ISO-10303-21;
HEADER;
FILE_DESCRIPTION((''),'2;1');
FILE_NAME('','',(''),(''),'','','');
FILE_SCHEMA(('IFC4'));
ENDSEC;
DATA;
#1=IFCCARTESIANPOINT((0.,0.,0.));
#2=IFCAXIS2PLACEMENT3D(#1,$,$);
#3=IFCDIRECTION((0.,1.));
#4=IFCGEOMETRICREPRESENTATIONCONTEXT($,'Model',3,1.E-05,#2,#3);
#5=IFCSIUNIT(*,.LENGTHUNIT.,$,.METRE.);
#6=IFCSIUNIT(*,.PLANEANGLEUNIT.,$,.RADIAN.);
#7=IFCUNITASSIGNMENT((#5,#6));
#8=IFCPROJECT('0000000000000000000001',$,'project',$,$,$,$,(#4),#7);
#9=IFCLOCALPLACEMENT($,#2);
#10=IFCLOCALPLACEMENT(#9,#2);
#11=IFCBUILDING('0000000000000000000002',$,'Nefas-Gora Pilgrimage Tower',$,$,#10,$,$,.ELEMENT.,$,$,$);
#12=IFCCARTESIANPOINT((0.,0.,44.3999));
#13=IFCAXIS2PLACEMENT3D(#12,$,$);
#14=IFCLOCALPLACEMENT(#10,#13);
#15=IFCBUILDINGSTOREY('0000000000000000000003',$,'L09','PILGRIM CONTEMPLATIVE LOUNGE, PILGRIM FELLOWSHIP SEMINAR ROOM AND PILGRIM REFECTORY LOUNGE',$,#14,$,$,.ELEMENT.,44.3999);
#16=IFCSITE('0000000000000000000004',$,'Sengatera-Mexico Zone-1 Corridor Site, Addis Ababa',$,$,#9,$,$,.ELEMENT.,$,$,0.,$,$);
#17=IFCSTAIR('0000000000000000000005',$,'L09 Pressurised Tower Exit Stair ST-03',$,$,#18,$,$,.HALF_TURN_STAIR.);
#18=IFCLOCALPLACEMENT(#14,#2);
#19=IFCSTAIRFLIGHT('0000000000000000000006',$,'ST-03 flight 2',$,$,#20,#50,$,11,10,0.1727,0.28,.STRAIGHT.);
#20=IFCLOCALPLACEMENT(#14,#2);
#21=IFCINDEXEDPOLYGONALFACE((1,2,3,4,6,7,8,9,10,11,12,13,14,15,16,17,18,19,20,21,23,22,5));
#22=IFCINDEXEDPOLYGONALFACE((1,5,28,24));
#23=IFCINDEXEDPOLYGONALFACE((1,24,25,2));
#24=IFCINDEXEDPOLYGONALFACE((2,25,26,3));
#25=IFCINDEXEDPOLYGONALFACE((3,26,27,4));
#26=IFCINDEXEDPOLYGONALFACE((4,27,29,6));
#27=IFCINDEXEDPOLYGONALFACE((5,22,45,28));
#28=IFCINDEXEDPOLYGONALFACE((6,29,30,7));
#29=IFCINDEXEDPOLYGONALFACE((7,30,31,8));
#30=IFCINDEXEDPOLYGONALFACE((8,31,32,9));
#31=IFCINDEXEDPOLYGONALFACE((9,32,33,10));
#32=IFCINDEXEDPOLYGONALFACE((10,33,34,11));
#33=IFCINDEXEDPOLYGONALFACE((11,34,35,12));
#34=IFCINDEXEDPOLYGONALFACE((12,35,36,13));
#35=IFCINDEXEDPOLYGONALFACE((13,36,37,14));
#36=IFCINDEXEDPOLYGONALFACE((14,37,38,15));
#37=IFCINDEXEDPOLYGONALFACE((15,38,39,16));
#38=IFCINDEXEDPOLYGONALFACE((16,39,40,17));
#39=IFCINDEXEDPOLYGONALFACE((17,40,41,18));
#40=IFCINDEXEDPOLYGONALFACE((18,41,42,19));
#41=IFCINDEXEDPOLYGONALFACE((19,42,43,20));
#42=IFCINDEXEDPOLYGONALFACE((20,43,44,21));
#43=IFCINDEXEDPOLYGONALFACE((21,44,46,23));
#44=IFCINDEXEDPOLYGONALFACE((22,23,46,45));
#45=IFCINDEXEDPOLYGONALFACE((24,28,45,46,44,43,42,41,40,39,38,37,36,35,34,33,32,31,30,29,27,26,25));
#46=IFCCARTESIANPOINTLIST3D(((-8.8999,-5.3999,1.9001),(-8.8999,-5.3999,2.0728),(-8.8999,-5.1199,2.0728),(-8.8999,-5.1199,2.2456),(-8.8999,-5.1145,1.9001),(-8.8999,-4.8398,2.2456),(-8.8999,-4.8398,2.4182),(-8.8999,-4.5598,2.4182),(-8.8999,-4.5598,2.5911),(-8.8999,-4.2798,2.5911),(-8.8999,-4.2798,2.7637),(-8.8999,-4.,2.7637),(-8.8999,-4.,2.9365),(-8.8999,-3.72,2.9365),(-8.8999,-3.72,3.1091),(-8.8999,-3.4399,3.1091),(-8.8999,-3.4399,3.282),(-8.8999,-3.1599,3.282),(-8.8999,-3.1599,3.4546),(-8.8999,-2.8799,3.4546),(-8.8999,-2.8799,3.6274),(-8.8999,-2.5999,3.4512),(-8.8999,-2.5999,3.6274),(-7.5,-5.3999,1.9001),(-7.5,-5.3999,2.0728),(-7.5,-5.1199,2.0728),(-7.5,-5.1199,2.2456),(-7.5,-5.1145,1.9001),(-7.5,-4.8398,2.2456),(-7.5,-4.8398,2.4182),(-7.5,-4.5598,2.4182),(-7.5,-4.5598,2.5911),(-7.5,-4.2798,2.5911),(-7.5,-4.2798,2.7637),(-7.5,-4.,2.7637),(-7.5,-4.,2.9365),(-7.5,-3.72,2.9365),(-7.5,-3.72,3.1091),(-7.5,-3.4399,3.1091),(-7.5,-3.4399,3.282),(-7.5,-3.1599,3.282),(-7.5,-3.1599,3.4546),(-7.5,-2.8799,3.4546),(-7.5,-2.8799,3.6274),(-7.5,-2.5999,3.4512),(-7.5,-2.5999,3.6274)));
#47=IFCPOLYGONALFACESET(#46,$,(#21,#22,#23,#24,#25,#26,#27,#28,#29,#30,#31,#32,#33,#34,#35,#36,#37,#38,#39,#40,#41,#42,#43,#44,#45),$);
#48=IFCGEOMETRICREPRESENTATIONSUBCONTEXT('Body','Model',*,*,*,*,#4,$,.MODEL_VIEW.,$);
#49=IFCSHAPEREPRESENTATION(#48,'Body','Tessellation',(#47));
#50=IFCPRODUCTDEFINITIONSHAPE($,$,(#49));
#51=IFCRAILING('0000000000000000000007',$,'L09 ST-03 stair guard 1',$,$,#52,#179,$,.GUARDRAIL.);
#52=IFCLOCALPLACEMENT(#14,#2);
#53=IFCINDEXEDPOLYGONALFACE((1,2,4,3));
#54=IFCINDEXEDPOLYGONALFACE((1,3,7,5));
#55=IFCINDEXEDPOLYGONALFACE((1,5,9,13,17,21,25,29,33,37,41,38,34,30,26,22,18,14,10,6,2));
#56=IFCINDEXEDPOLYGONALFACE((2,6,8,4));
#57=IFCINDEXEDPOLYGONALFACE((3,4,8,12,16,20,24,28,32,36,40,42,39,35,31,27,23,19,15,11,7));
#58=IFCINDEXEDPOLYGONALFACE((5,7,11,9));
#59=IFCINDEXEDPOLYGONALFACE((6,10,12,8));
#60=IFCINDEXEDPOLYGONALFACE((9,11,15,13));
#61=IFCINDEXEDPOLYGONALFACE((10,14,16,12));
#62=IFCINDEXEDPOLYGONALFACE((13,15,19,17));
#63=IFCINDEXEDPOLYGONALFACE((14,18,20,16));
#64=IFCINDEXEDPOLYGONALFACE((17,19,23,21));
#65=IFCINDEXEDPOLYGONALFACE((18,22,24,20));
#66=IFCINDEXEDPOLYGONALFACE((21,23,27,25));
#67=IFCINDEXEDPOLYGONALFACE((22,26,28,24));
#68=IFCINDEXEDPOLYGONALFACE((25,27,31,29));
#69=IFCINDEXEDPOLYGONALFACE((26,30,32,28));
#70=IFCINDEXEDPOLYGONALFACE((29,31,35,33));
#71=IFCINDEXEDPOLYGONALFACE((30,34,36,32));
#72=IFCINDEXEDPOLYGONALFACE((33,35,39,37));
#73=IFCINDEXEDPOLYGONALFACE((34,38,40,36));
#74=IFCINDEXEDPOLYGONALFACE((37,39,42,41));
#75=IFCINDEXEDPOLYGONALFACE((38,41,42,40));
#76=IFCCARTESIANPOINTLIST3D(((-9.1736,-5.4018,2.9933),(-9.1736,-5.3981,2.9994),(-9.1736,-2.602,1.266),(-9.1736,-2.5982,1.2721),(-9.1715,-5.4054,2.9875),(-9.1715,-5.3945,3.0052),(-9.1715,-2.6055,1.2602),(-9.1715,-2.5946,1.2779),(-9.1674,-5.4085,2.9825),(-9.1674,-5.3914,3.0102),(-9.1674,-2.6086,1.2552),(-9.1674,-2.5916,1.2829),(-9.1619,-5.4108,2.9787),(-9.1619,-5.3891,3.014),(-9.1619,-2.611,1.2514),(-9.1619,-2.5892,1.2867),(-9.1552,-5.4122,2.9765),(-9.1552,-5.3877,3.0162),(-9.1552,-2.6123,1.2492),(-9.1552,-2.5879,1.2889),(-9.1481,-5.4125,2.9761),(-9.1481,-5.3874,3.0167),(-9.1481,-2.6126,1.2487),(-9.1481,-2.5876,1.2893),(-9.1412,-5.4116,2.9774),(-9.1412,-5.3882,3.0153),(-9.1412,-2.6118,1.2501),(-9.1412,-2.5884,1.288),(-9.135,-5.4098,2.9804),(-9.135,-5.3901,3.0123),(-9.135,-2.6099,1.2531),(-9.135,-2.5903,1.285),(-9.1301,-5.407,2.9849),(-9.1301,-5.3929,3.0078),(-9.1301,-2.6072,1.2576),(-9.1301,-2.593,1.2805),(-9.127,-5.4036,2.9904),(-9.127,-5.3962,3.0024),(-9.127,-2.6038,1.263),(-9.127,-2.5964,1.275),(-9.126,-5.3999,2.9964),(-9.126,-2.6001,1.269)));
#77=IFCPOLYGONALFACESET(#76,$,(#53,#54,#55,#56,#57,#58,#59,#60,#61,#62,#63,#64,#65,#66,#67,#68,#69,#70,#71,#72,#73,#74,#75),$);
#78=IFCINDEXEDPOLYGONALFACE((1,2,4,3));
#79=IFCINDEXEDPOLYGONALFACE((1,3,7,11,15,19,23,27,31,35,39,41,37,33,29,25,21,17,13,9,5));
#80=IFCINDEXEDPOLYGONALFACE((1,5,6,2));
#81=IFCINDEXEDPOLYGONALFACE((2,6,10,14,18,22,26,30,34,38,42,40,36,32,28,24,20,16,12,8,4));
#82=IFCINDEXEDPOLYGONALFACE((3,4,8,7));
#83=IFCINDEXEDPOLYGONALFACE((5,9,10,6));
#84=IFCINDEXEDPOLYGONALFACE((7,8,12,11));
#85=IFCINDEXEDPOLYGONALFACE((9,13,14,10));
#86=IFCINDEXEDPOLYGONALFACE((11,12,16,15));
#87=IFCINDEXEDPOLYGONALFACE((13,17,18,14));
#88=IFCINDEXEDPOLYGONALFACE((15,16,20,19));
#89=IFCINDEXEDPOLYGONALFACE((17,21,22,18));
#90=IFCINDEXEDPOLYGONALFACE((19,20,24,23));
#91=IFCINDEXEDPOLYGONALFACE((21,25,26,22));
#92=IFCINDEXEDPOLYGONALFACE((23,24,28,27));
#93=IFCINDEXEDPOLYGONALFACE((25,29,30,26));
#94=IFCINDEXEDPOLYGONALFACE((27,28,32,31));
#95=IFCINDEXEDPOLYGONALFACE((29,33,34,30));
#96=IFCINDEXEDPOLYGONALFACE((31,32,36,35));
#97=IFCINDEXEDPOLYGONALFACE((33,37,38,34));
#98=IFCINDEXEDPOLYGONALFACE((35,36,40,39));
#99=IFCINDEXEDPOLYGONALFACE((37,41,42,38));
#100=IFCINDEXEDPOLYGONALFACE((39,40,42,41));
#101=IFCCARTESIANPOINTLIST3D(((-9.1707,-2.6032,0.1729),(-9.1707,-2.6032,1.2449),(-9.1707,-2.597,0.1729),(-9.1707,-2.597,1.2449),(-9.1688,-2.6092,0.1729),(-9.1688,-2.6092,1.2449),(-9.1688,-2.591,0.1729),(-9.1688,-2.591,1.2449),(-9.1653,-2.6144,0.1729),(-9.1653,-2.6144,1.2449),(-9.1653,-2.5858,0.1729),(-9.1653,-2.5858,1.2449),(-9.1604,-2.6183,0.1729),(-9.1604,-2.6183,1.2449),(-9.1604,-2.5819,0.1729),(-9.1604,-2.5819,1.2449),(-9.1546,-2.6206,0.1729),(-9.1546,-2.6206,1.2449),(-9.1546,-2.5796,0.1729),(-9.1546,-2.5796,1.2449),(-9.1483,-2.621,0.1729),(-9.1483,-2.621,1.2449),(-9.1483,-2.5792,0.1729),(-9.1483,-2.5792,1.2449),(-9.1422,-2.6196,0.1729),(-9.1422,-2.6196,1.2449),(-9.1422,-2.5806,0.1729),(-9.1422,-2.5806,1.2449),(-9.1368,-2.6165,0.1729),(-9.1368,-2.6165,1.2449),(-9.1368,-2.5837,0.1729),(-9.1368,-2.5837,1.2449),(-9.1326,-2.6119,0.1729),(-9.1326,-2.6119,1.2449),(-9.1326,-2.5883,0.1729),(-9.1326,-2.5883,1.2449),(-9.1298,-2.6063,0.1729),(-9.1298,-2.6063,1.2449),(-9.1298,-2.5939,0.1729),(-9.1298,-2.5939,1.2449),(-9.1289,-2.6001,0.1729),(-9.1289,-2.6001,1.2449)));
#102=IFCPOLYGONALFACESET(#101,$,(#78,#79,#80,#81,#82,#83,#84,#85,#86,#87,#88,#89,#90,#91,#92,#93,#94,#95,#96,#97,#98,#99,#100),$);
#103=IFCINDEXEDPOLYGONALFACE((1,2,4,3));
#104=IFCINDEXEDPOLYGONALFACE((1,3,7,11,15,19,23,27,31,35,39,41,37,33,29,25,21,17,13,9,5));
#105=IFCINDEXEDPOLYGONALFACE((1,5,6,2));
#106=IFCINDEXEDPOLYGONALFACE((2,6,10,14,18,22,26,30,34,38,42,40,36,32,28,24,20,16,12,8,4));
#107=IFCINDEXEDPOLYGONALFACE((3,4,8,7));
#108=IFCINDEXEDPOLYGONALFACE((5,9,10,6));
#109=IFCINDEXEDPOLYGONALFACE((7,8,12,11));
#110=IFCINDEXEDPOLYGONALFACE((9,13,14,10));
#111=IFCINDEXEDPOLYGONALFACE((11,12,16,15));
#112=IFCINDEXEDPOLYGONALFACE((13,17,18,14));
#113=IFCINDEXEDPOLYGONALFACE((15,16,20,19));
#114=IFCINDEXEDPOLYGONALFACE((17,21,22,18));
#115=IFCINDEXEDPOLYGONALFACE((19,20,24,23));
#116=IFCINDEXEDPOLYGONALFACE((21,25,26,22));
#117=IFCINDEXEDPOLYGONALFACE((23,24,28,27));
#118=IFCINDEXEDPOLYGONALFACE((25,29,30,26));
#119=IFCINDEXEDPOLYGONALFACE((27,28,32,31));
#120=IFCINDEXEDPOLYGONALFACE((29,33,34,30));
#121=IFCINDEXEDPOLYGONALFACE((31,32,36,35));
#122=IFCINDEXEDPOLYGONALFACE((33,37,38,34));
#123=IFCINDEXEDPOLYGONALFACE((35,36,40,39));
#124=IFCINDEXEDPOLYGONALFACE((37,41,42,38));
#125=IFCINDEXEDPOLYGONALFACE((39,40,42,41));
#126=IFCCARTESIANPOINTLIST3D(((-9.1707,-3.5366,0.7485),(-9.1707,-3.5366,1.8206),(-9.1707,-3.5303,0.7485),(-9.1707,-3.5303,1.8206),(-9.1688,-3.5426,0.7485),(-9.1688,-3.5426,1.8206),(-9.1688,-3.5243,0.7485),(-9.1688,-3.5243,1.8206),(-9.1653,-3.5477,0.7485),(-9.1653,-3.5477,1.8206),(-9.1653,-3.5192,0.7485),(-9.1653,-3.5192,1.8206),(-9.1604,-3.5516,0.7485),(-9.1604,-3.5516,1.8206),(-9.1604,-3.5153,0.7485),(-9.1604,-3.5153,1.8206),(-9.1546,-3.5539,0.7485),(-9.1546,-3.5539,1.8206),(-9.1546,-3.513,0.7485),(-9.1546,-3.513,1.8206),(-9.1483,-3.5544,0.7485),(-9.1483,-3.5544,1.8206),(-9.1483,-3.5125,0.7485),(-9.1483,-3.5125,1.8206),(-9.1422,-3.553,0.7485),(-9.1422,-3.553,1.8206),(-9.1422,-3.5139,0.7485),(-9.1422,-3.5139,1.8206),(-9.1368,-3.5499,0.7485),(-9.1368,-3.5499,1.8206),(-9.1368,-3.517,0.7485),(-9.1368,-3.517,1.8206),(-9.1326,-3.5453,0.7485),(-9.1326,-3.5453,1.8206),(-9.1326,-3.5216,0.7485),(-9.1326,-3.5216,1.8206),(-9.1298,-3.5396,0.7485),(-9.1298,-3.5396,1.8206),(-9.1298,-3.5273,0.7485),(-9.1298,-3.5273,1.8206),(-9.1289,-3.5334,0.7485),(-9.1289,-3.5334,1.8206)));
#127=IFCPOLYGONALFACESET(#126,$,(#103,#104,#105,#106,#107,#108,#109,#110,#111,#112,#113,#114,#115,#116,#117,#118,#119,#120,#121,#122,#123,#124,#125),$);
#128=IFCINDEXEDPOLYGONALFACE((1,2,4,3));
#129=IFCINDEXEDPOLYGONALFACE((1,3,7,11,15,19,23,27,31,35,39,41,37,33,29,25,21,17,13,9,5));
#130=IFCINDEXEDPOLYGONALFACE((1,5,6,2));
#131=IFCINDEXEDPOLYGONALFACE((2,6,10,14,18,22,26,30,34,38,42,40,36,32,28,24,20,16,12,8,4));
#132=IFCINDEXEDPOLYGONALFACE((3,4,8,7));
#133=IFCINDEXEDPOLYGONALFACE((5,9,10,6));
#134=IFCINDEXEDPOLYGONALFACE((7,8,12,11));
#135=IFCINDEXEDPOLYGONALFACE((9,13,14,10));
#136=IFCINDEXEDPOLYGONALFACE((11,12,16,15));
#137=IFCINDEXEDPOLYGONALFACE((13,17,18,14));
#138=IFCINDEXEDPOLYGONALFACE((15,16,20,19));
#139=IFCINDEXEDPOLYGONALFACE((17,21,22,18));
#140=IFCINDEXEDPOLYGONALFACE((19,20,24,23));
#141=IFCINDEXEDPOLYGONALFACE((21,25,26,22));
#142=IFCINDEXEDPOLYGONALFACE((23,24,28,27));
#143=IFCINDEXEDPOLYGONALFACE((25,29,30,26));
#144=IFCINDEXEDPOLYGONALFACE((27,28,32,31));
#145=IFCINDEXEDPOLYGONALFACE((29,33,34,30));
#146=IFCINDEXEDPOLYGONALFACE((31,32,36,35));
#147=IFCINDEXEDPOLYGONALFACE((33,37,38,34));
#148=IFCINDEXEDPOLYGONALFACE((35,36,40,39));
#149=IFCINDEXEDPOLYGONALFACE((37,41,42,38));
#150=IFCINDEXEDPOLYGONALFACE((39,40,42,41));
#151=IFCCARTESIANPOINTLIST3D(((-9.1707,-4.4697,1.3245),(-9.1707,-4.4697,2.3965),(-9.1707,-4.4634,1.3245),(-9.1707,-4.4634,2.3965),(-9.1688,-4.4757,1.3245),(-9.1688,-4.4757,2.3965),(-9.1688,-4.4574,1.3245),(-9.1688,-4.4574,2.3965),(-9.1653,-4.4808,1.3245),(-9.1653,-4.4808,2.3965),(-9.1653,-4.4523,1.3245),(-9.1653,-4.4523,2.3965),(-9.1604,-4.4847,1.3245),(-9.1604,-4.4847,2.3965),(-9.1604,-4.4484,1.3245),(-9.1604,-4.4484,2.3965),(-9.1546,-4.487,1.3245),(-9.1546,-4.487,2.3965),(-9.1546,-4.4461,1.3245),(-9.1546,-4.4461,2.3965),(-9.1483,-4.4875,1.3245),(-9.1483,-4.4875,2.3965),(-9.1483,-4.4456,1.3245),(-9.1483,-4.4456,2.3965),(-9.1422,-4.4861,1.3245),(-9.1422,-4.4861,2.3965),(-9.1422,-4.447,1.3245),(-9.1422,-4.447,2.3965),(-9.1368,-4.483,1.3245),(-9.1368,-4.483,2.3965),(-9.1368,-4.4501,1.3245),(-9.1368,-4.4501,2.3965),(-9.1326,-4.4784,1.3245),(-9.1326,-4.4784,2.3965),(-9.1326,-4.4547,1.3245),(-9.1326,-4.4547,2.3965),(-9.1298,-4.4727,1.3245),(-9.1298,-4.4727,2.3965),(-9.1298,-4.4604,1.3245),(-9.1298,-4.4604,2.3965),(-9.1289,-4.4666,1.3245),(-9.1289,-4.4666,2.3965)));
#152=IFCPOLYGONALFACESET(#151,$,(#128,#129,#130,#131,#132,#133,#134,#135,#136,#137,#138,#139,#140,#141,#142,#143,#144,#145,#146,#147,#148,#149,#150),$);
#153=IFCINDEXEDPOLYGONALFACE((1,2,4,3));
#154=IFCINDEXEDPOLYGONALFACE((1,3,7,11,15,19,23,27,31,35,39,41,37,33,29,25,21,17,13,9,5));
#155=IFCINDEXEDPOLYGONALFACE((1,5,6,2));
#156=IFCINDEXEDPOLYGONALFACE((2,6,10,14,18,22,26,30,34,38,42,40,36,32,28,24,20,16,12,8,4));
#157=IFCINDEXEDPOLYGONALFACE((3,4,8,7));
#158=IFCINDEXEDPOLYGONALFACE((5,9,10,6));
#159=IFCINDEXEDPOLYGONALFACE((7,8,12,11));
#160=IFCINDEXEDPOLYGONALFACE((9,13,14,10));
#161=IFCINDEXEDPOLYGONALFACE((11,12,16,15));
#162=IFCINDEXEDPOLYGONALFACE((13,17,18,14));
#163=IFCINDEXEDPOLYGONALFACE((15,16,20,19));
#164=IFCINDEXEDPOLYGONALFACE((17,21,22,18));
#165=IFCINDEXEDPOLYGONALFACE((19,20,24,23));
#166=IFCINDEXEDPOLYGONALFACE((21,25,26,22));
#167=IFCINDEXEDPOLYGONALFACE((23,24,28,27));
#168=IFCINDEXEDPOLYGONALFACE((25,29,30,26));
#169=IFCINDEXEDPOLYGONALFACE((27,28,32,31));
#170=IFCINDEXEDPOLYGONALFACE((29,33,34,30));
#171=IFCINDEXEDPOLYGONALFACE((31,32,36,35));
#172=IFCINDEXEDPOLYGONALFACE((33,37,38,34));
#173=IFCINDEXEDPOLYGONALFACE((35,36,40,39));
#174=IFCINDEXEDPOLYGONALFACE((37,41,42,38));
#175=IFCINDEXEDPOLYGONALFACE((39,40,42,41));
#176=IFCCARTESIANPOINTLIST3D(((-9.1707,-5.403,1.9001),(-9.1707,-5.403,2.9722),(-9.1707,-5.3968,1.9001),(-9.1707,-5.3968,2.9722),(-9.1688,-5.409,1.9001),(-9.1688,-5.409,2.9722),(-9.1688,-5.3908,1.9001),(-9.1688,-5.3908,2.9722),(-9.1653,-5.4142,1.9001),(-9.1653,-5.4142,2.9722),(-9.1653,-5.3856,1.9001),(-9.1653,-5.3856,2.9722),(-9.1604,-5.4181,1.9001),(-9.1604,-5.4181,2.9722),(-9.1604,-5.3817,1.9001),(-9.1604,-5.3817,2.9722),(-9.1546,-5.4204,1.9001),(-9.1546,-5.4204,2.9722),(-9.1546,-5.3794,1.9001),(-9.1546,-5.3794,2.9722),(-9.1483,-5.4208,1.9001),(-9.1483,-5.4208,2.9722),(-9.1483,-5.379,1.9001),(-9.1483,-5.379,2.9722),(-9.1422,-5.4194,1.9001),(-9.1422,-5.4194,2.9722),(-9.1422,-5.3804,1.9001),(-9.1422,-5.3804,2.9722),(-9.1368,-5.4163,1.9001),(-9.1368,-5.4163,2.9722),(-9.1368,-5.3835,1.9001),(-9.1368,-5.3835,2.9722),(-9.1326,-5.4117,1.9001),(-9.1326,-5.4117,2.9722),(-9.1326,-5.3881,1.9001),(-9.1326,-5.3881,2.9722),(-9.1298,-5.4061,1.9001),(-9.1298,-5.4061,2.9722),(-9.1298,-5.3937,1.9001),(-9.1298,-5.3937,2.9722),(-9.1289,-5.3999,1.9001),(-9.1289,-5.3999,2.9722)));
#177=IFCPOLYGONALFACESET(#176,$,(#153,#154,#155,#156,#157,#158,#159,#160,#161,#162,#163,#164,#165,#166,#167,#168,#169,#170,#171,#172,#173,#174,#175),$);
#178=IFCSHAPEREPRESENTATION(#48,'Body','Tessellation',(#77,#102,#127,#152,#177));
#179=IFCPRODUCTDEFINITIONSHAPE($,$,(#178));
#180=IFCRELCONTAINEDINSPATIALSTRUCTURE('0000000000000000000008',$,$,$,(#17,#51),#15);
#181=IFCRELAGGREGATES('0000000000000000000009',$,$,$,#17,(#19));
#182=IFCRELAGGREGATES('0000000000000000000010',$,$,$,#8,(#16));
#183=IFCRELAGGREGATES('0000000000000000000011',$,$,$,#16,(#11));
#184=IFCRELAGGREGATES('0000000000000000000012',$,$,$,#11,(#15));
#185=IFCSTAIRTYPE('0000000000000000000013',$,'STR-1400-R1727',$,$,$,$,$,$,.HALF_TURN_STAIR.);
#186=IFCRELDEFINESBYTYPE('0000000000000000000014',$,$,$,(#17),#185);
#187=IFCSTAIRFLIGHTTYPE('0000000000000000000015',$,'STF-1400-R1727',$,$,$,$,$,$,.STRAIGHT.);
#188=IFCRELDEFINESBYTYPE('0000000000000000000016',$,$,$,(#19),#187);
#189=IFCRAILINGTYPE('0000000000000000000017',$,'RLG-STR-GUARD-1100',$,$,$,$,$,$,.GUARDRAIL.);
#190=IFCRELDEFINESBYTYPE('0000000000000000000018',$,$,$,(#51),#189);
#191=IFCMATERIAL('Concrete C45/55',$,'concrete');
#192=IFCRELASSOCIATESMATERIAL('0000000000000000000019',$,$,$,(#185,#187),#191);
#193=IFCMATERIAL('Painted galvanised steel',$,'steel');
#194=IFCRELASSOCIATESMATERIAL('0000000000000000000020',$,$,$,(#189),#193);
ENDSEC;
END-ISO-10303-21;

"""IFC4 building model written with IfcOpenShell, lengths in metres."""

from ifc_helpers import new_model, si_unit, direction, frame, origin, origin_2d, place, context, subcontext, project, spatial, polyline, circle, outline, extrude, source, transform, mapped, material, type_object, element, aggregate, save


model = new_model("IFC4")

# Units and contexts
model_context = context("Model", 3, precision=1e-05, world=origin(), true_north=direction((0.0, 1.0)))
body_context = subcontext(model_context, "Body", "Model", "MODEL_VIEW")
ifc_project = project(units=[si_unit("LENGTHUNIT", "METRE"), si_unit("PLANEANGLEUNIT", "RADIAN")], contexts=[model_context])

# Site, building, storey
site_placement = place(None, origin())
site = spatial("IfcSite", under=ifc_project, at=site_placement, Name="Sengatera-Mexico Zone-1 Corridor Site, Addis Ababa", CompositionType="ELEMENT", RefElevation=0.0)
building_placement = place(site_placement, origin())
building = spatial("IfcBuilding", under=site, at=building_placement, Name="Nefas-Gora Pilgrimage Tower", CompositionType="ELEMENT")
storey_placement = place(building_placement, frame((0.0, 0.0, 44.3999)))
storey = spatial("IfcBuildingStorey", under=building, at=storey_placement, Name="L09", Description="PILGRIM CONTEMPLATIVE LOUNGE, PILGRIM FELLOWSHIP SEMINAR ROOM AND PILGRIM REFECTORY LOUNGE", CompositionType="ELEMENT", Elevation=44.3999)

# Shared definitions
ifc_material_1 = material(Name="Concrete C45/55", Category="concrete")

# Stair, stair flight
stair_type = type_object("IfcStairType", Name="STR-1400-R1727", PredefinedType="HALF_TURN_STAIR", material=ifc_material_1)
stair_placement = place(storey_placement, origin())
stair = element("IfcStair", 1, at=stair_placement, inside=storey, type_object=stair_type, Name="L09 Pressurised Tower Exit Stair ST-03", PredefinedType="HALF_TURN_STAIR")
stair_flight_type = type_object("IfcStairFlightType", Name="STF-1400-R1727", PredefinedType="STRAIGHT", material=ifc_material_1)
shared_shape_1 = source(origin(), body_context, "Body", "SweptSolid", [
    extrude(outline(polyline([(0.0, 0.0), (0.0, 0.1726), (0.28, 0.1726), (0.28, 0.3455), (0.5601, 0.3455), (0.5601, 0.5181), (0.8401, 0.5181), (0.8401, 0.6909), (1.1201, 0.6909), (1.1201, 0.8635), (1.3999, 0.8635), (1.3999, 1.0364), (1.6799, 1.0364), (1.6799, 1.209), (1.96, 1.209), (1.96, 1.3818), (2.24, 1.3818), (2.24, 1.5544), (2.52, 1.5544), (2.52, 1.7273), (2.8, 1.7273), (2.8, 1.8999), (2.8, 1.551), (0.2854, 0.0), (0.0, 0.0)])), frame((0.0, 0.7, 0.0), z_axis=(0.0, -1.0, 0.0), x_axis=(1.0, 0.0, 0.0)), (0.0, 0.0, 1.0), 1.3999),
])
stair_flight_1_placement = place(storey_placement, frame((-8.2, -5.3999, 1.9001), z_axis=(0.0, 0.0, 1.0), x_axis=(0.0, 1.0, 0.0)))
stair_flight_1 = element("IfcStairFlight", 2, at=stair_flight_1_placement, type_object=stair_flight_type, Name="ST-03 flight 2", NumberOfRisers=11, NumberOfTreads=10, PredefinedType="STRAIGHT", RiserHeight=0.1727, TreadLength=0.28, context=body_context, shape_type="MappedRepresentation", body=[
    mapped(shared_shape_1, transform((0.0, 0.0, 0.0), x_axis=(1.0, 0.0, 0.0), y_axis=(0.0, 1.0, 0.0), z_axis=(0.0, 0.0, 1.0), scale=1.0)),
])
aggregate(stair, [stair_flight_1])

# Railing
ifc_material_2 = material(Name="Painted galvanised steel", Category="steel")
railing_type_1 = type_object("IfcRailingType", Name="RLG-STR-GUARD-1100", PredefinedType="GUARDRAIL", material=ifc_material_2)
railing_1_placement = place(storey_placement, frame((-9.1499, -2.6001, 0.1729)))
element("IfcRailing", 3, at=railing_1_placement, inside=storey, type_object=railing_type_1, Name="L09 ST-03 stair guard 1", PredefinedType="GUARDRAIL", context=body_context, shape_type="SweptSolid", body=[
    extrude(circle(Radius=0.0239, at=origin_2d()), frame((0.0, 0.0, 1.0962), z_axis=(0.0, -0.851069, 0.525054), x_axis=(1.0, 0.0, 0.0)), (0.0, 0.0, 1.0), 3.2898),
    extrude(circle(Radius=0.021, at=origin_2d()), origin(), (0.0, 0.0, 1.0), 1.072),
    extrude(circle(Radius=0.021, at=origin_2d()), frame((0.0, -0.9333, 0.5757)), (0.0, 0.0, 1.0), 1.072),
    extrude(circle(Radius=0.021, at=origin_2d()), frame((0.0, -1.8665, 1.1516)), (0.0, 0.0, 1.0), 1.072),
    extrude(circle(Radius=0.021, at=origin_2d()), frame((0.0, -2.7998, 1.7273)), (0.0, 0.0, 1.0), 1.072),
])

save(model, "model.ifc")
